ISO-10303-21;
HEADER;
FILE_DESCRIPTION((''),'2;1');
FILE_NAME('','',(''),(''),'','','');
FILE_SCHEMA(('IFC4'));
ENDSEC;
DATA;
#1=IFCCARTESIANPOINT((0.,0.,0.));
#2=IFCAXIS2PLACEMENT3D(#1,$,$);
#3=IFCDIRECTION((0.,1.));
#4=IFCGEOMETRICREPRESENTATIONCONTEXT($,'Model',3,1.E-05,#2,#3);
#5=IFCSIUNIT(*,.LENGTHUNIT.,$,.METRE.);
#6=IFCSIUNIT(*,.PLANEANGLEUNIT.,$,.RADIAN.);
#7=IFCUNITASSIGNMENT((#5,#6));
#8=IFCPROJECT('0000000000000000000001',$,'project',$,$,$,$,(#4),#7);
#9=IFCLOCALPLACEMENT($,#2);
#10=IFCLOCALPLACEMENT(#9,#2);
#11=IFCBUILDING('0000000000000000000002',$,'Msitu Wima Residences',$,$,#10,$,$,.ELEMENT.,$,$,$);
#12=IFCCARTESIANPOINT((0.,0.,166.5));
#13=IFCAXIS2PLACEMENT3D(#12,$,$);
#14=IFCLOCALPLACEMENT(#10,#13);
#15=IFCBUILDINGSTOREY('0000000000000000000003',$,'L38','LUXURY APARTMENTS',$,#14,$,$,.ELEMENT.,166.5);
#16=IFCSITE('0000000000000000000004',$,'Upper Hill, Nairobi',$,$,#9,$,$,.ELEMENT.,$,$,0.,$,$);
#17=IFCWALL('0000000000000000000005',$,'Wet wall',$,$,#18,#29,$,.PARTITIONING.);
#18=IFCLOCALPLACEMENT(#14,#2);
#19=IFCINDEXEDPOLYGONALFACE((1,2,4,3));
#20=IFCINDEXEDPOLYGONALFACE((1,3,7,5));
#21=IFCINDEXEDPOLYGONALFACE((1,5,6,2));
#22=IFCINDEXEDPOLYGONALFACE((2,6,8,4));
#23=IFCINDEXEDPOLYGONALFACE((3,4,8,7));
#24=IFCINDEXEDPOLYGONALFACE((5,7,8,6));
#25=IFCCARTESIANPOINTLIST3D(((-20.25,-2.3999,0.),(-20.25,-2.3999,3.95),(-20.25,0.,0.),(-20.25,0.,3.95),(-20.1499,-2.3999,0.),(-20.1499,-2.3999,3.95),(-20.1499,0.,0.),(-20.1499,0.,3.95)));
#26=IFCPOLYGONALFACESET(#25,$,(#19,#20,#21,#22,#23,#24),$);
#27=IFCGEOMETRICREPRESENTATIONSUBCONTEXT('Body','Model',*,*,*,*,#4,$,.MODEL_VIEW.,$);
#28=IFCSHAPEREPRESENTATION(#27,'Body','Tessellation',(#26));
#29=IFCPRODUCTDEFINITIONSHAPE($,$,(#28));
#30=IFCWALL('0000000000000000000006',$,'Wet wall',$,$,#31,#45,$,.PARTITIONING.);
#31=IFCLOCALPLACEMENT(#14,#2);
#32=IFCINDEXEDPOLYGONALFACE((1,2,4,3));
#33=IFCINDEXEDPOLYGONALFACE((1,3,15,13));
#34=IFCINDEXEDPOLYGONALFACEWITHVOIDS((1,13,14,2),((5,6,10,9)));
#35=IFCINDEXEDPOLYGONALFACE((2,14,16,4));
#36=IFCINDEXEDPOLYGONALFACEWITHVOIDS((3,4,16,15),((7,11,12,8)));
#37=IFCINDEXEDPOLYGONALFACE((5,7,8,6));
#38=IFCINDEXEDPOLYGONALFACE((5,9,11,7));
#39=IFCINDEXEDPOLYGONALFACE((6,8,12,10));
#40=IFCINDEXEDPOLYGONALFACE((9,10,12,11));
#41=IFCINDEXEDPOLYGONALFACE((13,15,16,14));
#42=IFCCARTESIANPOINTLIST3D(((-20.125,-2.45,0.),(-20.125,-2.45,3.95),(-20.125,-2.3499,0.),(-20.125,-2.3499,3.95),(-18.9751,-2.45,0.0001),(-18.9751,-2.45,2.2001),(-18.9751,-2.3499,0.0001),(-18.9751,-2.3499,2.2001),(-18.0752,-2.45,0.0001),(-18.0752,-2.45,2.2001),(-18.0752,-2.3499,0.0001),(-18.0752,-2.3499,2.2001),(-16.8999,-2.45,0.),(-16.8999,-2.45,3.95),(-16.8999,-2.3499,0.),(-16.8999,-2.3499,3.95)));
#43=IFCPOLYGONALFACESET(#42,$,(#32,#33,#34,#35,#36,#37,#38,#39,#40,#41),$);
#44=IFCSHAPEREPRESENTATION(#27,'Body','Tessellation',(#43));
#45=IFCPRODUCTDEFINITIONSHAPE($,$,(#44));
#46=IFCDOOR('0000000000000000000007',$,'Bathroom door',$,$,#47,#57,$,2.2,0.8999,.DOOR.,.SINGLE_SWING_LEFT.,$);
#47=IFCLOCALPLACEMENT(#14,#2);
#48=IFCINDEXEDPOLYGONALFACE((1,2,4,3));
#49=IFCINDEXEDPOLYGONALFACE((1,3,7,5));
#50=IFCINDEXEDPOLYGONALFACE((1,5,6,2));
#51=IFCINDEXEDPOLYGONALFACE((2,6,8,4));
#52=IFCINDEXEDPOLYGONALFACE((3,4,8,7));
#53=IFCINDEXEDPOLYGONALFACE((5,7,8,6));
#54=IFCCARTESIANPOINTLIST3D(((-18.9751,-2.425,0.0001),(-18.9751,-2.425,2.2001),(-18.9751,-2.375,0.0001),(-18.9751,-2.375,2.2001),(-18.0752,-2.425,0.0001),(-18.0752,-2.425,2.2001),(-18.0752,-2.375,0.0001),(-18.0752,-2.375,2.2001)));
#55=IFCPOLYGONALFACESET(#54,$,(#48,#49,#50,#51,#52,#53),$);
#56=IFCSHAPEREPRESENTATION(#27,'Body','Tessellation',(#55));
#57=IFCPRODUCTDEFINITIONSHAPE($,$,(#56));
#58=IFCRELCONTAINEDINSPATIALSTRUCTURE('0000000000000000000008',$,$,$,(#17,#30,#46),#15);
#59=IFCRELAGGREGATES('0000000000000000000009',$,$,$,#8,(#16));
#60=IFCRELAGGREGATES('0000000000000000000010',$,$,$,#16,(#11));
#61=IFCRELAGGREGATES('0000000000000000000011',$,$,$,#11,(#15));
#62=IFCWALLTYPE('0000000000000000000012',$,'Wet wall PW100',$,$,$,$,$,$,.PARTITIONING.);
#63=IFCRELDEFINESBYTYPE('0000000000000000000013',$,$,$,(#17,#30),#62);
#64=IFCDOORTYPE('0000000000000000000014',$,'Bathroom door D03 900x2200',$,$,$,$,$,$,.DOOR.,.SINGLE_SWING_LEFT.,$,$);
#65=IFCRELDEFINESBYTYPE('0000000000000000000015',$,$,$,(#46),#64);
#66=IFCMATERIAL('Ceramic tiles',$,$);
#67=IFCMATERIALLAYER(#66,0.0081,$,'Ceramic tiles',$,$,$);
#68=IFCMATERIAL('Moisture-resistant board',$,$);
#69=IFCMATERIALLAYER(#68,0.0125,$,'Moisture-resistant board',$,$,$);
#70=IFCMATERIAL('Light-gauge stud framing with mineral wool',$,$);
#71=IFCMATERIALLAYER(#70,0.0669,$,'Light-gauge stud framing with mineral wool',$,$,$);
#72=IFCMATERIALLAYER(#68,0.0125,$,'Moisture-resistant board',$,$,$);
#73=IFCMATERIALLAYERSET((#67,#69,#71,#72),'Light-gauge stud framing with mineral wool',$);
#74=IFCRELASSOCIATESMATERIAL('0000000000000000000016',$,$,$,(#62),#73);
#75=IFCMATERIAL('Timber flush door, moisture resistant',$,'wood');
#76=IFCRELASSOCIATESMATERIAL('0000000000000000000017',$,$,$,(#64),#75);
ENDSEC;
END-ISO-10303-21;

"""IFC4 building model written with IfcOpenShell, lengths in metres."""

from ifc_helpers import new_model, si_unit, direction, frame, frame_2d, origin, place, context, subcontext, project, spatial, rectangle, extrude, material, layer, layer_set, type_object, element, fill, save


model = new_model("IFC4")

# Units and contexts
model_context = context("Model", 3, precision=1e-05, world=origin(), true_north=direction((0.0, 1.0)))
body_context = subcontext(model_context, "Body", "Model", "MODEL_VIEW")
ifc_project = project(units=[si_unit("LENGTHUNIT", "METRE"), si_unit("PLANEANGLEUNIT", "RADIAN")], contexts=[model_context])

# Site, building, storey
site_placement = place(None, origin())
site = spatial("IfcSite", under=ifc_project, at=site_placement, Name="Upper Hill, Nairobi", CompositionType="ELEMENT", RefElevation=0.0)
building_placement = place(site_placement, origin())
building = spatial("IfcBuilding", under=site, at=building_placement, Name="Msitu Wima Residences", CompositionType="ELEMENT")
storey_placement = place(building_placement, frame((0.0, 0.0, 166.5)))
storey = spatial("IfcBuildingStorey", under=building, at=storey_placement, Name="L38", Description="LUXURY APARTMENTS", CompositionType="ELEMENT", Elevation=166.5)

# Wall
ifc_material_1 = material(Name="Ceramic tiles")
ifc_layer_1 = layer(ifc_material_1, 0.0081, Name="Ceramic tiles")
ifc_material_2 = material(Name="Moisture-resistant board")
ifc_layer_2 = layer(ifc_material_2, 0.0125, Name="Moisture-resistant board")
ifc_material_3 = material(Name="Light-gauge stud framing with mineral wool")
ifc_layer_3 = layer(ifc_material_3, 0.0669, Name="Light-gauge stud framing with mineral wool")
ifc_layer_4 = layer(ifc_material_2, 0.0125, Name="Moisture-resistant board")
ifc_layer_set_1 = layer_set([ifc_layer_1, ifc_layer_2, ifc_layer_3, ifc_layer_4], Name="Light-gauge stud framing with mineral wool")
wall_type_1 = type_object("IfcWallType", Name="Wet wall PW100", PredefinedType="PARTITIONING", material=ifc_layer_set_1)
wall_1_placement = place(storey_placement, frame((-20.2, -2.3999, 0.0), z_axis=(0.0, 0.0, 1.0), x_axis=(0.0, 1.0, 0.0)))
element("IfcWall", 1, at=wall_1_placement, inside=storey, type_object=wall_type_1, Name="Wet wall", PredefinedType="PARTITIONING", context=body_context, shape_type="SweptSolid", body=[
    extrude(rectangle(XDim=2.3999, YDim=0.1001, at=frame_2d((1.2, 0.0))), origin(), (0.0, 0.0, 1.0), 3.95),
])

# Wall, opening, door
wall_2_placement = place(storey_placement, frame((-20.125, -2.3999, 0.0), z_axis=(0.0, 0.0, 1.0), x_axis=(1.0, 0.0, 0.0)))
wall_2 = element("IfcWall", 2, at=wall_2_placement, inside=storey, type_object=wall_type_1, Name="Wet wall", PredefinedType="PARTITIONING", context=body_context, shape_type="SweptSolid", body=[
    extrude(rectangle(XDim=3.2251, YDim=0.1001, at=frame_2d((1.6125, 0.0))), origin(), (0.0, 0.0, 1.0), 3.95),
])
opening_1_placement = place(wall_2_placement, frame((1.1499, 0.0, 0.0)))
opening_1 = element("IfcOpeningElement", 3, at=opening_1_placement, cuts=wall_2, PredefinedType="OPENING", context=body_context, shape_type="SweptSolid", body=[
    extrude(rectangle(XDim=0.8999, YDim=2.2, at=frame_2d((0.45, 1.1001))), frame((0.0, 0.0601, 0.0), z_axis=(0.0, -1.0, 0.0), x_axis=(1.0, 0.0, 0.0)), (0.0, 0.0, 1.0), 0.1201),
])
ifc_material_4 = material(Name="Timber flush door, moisture resistant", Category="wood")
door_type_1 = type_object("IfcDoorType", Name="Bathroom door D03 900x2200", OperationType="SINGLE_SWING_LEFT", PredefinedType="DOOR", material=ifc_material_4)
door_1_placement = place(opening_1_placement, origin())
door_1 = element("IfcDoor", 4, at=door_1_placement, inside=storey, type_object=door_type_1, Name="Bathroom door", OperationType="SINGLE_SWING_LEFT", OverallHeight=2.2, OverallWidth=0.8999, PredefinedType="DOOR", context=body_context, shape_type="SweptSolid", body=[
    extrude(rectangle(XDim=0.8999, YDim=2.2, at=frame_2d((0.45, 1.1001))), frame((0.0, 0.0249, 0.0), z_axis=(0.0, -1.0, 0.0), x_axis=(1.0, 0.0, 0.0)), (0.0, 0.0, 1.0), 0.05),
])
fill(opening_1, door_1)

save(model, "model.ifc")
